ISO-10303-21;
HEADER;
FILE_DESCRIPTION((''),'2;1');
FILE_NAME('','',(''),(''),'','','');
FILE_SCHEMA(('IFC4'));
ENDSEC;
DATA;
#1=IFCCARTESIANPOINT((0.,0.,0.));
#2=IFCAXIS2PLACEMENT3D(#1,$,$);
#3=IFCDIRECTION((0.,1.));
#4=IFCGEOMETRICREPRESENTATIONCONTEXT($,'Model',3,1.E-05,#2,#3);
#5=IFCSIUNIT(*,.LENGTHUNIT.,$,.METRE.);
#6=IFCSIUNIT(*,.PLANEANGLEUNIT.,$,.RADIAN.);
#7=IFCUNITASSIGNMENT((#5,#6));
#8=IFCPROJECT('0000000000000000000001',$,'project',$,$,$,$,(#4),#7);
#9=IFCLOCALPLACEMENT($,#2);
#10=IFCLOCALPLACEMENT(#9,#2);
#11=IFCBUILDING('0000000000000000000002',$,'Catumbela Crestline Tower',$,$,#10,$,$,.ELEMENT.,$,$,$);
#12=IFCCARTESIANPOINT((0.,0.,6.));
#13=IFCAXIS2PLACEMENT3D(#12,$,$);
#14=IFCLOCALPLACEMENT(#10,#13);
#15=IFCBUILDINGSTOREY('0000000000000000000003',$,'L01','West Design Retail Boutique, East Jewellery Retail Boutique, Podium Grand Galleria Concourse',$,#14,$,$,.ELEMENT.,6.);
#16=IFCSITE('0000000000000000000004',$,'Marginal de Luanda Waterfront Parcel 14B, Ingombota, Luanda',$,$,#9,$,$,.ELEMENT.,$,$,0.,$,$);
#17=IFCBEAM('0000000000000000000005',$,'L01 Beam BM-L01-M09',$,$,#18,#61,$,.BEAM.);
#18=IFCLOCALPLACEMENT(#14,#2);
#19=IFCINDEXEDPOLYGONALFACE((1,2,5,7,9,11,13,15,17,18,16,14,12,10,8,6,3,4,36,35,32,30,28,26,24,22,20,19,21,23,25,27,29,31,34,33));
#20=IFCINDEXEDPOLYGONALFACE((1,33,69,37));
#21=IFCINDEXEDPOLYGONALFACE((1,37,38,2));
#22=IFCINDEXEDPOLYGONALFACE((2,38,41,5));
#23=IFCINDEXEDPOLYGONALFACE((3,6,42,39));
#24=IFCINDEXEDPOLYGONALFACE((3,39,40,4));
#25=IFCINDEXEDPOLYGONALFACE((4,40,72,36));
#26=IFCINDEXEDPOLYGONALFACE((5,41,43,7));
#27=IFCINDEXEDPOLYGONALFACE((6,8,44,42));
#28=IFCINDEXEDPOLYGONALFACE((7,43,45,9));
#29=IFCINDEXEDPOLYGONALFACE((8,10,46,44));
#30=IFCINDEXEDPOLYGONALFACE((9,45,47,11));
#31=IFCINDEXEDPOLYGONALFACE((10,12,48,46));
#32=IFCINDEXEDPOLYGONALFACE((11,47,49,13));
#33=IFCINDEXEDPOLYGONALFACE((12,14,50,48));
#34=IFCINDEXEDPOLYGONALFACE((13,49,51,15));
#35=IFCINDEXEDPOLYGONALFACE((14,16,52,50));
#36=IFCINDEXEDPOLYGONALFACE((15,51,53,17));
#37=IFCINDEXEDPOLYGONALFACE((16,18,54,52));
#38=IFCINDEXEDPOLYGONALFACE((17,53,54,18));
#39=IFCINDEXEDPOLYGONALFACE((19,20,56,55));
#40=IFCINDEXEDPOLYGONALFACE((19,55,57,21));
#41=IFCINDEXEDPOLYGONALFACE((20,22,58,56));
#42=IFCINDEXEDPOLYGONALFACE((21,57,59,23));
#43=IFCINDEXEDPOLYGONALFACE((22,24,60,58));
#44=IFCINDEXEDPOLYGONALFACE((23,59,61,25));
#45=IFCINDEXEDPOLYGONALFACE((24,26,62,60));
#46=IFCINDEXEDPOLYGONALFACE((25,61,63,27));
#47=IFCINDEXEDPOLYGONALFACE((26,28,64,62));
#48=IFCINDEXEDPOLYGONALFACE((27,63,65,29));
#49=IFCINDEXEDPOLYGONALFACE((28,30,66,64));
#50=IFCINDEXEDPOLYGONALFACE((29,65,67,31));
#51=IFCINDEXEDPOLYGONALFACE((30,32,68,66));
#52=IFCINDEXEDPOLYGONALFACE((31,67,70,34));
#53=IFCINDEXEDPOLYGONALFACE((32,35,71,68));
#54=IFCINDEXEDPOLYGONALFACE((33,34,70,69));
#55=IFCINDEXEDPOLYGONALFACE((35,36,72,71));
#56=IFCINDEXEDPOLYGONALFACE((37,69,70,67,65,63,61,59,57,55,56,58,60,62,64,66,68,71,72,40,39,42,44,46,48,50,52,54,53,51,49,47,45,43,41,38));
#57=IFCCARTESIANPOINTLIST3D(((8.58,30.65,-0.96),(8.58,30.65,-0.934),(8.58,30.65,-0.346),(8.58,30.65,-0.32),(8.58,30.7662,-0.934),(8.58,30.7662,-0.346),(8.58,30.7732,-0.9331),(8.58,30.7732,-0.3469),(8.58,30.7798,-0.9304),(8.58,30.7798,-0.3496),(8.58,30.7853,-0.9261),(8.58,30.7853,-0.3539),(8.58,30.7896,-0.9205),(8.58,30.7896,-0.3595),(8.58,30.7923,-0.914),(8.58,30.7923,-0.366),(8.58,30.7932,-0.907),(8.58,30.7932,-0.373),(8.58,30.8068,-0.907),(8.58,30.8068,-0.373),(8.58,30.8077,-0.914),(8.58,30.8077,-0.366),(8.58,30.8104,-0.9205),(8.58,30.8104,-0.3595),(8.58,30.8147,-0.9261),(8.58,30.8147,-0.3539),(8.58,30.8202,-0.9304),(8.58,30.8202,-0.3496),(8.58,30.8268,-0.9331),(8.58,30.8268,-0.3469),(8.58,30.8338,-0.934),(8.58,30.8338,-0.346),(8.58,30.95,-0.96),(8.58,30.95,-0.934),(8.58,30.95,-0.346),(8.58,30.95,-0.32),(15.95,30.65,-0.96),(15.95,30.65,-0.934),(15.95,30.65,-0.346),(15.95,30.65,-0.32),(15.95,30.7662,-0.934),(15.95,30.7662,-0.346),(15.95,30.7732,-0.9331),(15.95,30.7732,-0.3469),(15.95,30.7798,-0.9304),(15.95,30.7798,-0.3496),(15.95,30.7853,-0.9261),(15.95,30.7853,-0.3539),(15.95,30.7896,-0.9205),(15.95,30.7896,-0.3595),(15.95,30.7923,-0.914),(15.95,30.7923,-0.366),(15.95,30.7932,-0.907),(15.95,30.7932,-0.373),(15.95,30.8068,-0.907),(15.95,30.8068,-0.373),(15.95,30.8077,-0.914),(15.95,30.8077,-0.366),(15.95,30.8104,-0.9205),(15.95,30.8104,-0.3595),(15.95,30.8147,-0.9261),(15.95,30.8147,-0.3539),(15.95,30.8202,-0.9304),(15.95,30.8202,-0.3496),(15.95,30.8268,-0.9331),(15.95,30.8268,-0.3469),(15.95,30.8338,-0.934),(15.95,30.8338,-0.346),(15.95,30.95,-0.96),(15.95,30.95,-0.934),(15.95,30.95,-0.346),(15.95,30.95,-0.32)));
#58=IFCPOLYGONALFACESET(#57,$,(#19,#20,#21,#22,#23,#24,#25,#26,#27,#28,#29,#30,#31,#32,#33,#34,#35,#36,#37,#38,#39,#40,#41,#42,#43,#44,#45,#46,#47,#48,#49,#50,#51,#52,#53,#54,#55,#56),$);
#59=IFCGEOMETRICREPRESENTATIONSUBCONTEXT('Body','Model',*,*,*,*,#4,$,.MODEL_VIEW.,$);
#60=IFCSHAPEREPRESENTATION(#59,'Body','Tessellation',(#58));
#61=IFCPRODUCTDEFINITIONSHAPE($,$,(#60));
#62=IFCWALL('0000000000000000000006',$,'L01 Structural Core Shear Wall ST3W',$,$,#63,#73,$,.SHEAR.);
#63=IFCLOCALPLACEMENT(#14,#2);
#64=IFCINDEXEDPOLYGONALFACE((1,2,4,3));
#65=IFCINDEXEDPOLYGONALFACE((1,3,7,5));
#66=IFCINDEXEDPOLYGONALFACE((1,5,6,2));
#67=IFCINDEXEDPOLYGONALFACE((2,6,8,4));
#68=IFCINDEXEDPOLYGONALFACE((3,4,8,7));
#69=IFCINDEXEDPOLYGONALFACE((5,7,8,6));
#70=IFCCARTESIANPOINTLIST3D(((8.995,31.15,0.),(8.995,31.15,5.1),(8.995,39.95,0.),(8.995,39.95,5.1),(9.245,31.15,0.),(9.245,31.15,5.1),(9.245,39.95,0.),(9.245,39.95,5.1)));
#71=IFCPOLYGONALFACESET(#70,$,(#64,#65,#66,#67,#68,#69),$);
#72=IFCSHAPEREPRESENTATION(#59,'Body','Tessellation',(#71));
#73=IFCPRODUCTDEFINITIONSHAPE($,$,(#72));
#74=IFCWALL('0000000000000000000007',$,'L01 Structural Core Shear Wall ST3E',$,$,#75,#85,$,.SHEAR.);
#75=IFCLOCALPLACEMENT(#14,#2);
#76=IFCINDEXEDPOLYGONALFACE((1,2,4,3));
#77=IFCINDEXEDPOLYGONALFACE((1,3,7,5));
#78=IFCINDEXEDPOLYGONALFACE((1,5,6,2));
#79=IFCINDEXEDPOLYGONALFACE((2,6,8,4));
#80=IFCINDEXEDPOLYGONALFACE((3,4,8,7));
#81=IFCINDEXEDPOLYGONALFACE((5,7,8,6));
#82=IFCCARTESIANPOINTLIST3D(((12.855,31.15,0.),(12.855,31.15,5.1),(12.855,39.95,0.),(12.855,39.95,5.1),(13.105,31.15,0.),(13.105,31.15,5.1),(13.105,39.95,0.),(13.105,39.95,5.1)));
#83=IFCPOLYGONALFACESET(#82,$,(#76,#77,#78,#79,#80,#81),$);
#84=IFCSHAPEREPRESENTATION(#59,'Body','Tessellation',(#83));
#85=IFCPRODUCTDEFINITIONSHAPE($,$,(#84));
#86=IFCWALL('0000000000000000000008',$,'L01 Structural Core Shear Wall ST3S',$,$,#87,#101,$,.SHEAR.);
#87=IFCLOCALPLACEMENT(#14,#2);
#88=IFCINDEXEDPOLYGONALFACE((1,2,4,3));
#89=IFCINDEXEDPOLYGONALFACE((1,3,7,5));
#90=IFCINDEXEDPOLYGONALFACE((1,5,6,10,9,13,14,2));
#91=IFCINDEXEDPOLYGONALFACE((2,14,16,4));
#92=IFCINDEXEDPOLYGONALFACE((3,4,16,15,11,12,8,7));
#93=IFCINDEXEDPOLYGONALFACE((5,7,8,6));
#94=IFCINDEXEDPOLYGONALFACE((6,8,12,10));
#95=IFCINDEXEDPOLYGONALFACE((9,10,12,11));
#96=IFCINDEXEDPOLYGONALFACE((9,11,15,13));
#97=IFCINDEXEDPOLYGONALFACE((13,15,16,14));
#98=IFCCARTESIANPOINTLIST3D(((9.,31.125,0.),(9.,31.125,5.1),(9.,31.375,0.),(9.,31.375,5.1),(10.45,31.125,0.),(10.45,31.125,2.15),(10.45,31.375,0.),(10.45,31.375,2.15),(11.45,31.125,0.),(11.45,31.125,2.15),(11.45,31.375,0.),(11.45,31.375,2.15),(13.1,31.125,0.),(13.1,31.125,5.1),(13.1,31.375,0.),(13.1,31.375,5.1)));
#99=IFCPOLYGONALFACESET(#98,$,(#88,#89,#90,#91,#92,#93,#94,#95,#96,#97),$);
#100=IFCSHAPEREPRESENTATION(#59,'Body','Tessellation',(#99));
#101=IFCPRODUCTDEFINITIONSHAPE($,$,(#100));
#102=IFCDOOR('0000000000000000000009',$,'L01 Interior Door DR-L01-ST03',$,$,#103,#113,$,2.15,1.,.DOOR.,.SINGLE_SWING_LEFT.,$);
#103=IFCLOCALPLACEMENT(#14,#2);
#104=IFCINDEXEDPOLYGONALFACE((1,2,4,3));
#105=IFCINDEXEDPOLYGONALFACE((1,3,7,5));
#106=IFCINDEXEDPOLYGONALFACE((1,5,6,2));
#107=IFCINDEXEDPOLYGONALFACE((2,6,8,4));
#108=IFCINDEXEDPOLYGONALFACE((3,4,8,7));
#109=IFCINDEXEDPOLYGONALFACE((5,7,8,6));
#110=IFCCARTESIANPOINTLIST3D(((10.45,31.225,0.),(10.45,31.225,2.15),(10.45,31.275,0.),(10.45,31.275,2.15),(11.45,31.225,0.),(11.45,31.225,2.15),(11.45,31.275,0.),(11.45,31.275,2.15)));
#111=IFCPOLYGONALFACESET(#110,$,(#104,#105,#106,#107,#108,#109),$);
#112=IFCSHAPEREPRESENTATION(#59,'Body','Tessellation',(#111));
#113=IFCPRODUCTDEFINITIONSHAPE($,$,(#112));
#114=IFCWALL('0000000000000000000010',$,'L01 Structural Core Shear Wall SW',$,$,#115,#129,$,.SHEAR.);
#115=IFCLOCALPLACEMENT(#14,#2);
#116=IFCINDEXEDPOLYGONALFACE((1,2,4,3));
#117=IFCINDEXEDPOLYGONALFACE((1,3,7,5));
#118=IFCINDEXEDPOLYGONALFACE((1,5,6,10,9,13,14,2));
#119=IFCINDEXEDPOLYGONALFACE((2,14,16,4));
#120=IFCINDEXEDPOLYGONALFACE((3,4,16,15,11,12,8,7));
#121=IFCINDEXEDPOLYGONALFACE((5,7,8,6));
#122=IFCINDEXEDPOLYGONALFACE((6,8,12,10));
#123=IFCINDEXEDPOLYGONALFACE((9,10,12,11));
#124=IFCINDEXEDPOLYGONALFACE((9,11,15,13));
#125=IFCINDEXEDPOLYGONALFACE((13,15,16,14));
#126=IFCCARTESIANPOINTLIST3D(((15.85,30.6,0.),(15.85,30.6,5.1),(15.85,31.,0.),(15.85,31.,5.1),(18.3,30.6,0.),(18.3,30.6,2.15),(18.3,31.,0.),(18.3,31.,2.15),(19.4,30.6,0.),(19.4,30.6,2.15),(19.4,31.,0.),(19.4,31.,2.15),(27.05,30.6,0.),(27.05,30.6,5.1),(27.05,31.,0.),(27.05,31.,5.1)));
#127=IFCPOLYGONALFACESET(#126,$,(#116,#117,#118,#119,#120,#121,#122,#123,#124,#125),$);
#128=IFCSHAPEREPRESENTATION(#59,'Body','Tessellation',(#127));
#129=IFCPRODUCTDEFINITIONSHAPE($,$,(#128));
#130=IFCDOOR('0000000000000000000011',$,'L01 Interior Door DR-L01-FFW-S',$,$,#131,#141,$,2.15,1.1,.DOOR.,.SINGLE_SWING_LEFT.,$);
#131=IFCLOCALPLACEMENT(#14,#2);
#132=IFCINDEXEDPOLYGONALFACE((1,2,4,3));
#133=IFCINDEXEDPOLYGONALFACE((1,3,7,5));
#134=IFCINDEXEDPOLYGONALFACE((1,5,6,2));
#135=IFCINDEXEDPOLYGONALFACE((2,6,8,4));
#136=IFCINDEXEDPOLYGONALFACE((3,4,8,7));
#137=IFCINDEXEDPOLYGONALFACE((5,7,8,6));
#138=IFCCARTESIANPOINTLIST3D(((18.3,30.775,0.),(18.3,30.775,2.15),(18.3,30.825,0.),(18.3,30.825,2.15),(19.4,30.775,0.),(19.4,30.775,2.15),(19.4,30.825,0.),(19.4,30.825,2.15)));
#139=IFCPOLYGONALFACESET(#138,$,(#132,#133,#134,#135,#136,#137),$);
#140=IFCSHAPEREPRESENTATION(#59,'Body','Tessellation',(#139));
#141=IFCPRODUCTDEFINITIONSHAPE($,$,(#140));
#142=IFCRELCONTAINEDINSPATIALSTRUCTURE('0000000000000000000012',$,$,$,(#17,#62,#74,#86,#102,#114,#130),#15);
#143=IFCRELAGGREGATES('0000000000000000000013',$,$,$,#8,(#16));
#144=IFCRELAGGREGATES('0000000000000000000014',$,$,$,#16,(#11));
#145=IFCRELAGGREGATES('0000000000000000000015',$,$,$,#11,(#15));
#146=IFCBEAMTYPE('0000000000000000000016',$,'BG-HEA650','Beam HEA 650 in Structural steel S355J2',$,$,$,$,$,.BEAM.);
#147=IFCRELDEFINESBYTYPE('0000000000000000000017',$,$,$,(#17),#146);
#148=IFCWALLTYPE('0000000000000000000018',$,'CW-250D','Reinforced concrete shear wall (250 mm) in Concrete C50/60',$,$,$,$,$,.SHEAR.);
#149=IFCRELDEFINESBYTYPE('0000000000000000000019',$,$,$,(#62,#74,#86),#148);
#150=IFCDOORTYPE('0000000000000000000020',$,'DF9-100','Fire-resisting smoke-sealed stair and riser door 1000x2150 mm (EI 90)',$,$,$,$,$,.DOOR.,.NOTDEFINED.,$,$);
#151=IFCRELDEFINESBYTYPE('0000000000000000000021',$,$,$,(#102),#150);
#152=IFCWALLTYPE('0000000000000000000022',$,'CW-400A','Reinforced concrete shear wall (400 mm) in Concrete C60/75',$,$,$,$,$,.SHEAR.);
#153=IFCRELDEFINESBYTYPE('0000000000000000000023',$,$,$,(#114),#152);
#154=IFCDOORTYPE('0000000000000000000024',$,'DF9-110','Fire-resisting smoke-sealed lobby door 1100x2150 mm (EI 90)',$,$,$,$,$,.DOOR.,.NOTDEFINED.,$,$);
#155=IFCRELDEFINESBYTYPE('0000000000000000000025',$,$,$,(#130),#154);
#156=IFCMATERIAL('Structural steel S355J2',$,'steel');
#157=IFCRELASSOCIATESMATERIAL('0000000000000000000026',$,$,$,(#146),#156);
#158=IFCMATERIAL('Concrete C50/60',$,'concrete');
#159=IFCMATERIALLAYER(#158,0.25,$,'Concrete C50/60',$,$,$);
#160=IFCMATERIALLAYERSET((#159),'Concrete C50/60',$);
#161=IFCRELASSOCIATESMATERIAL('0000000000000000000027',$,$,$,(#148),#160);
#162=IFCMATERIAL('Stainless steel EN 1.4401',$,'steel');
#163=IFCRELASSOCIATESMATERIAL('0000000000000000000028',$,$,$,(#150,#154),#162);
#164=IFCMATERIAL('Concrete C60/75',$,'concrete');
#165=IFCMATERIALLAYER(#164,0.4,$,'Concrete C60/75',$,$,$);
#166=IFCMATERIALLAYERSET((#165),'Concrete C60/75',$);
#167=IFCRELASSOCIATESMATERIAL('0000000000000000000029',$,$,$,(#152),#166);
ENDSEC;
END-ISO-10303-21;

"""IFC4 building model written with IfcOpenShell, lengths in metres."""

from ifc_helpers import new_model, si_unit, direction, frame, frame_2d, origin, origin_2d, place, context, subcontext, project, spatial, rectangle, i_section, extrude, material, layer, layer_set, material_profile, profile_set, type_object, element, fill, save


model = new_model("IFC4")

# Units and contexts
model_context = context("Model", 3, precision=1e-05, world=origin(), true_north=direction((0.0, 1.0)))
body_context = subcontext(model_context, "Body", "Model", "MODEL_VIEW")
ifc_project = project(units=[si_unit("LENGTHUNIT", "METRE"), si_unit("PLANEANGLEUNIT", "RADIAN")], contexts=[model_context])

# Site, building, storey
site_placement = place(None, origin())
site = spatial("IfcSite", under=ifc_project, at=site_placement, Name="Marginal de Luanda Waterfront Parcel 14B, Ingombota, Luanda", CompositionType="ELEMENT", RefElevation=0.0)
building_placement = place(site_placement, origin())
building = spatial("IfcBuilding", under=site, at=building_placement, Name="Catumbela Crestline Tower", CompositionType="ELEMENT")
storey_placement = place(building_placement, frame((0.0, 0.0, 6.0)))
storey = spatial("IfcBuildingStorey", under=building, at=storey_placement, Name="L01", Description="West Design Retail Boutique, East Jewellery Retail Boutique, Podium Grand Galleria Concourse", CompositionType="ELEMENT", Elevation=6.0)

# Beam
ifc_material_1 = material(Name="Structural steel S355J2", Category="steel")
ifc_material_profile = material_profile(ifc_material_1, i_section(OverallWidth=0.3, OverallDepth=0.64, WebThickness=0.0135, FlangeThickness=0.026, FilletRadius=0.027, at=origin_2d()), Name="HEA 650")
ifc_profile_set = profile_set([ifc_material_profile], Name="Structural steel S355J2")
beam_type = type_object("IfcBeamType", Name="BG-HEA650", Description="Beam HEA 650 in Structural steel S355J2", PredefinedType="BEAM", material=ifc_profile_set)
beam_placement = place(storey_placement, frame((8.58, 30.8, -0.64), z_axis=(1.0, 0.0, 0.0), x_axis=(0.0, 1.0, 0.0)))
element("IfcBeam", 1, at=beam_placement, inside=storey, type_object=beam_type, Name="L01 Beam BM-L01-M09", PredefinedType="BEAM", context=body_context, shape_type="SweptSolid", body=[
    extrude(i_section(OverallWidth=0.3, OverallDepth=0.64, WebThickness=0.0135, FlangeThickness=0.026, FilletRadius=0.027, at=origin_2d()), origin(), (0.0, 0.0, 1.0), 7.37),
])

# Walls
ifc_material_2 = material(Name="Concrete C50/60", Category="concrete")
ifc_layer_1 = layer(ifc_material_2, 0.25, Name="Concrete C50/60")
ifc_layer_set_1 = layer_set([ifc_layer_1], Name="Concrete C50/60")
wall_type_1 = type_object("IfcWallType", Name="CW-250D", Description="Reinforced concrete shear wall (250 mm) in Concrete C50/60", PredefinedType="SHEAR", material=ifc_layer_set_1)
for number, where, z_axis, x_axis, name in (
    (2, (9.12, 31.15, 0.0), (0.0, 0.0, 1.0), (0.0, 1.0, 0.0), "L01 Structural Core Shear Wall ST3W"),
    (3, (12.98, 31.15, 0.0), (0.0, 0.0, 1.0), (0.0, 1.0, 0.0), "L01 Structural Core Shear Wall ST3E"),
):
    element("IfcWall", number, at=place(storey_placement, frame(where, z_axis=z_axis, x_axis=x_axis)), inside=storey, type_object=wall_type_1, Name=name, PredefinedType="SHEAR", context=body_context, shape_type="SweptSolid", body=[
        extrude(rectangle(XDim=8.8, YDim=0.25, at=frame_2d((4.4, 0.0))), origin(), (0.0, 0.0, 1.0), 5.1),
    ])

# Walls, openings, doors
wall_1_placement = place(storey_placement, frame((9.0, 31.25, 0.0), z_axis=(0.0, 0.0, 1.0), x_axis=(1.0, 0.0, 0.0)))
wall_1 = element("IfcWall", 4, at=wall_1_placement, inside=storey, type_object=wall_type_1, Name="L01 Structural Core Shear Wall ST3S", PredefinedType="SHEAR", context=body_context, shape_type="SweptSolid", body=[
    extrude(rectangle(XDim=4.1, YDim=0.25, at=frame_2d((2.05, 0.0))), origin(), (0.0, 0.0, 1.0), 5.1),
])
opening_1_placement = place(wall_1_placement, frame((1.45, 0.0, 0.0)))
opening_1 = element("IfcOpeningElement", 5, at=opening_1_placement, cuts=wall_1, PredefinedType="OPENING", context=body_context, shape_type="SweptSolid", body=[
    extrude(rectangle(XDim=1.0, YDim=2.15, at=frame_2d((0.5, 1.075))), frame((0.0, 0.135, 0.0), z_axis=(0.0, -1.0, 0.0), x_axis=(1.0, 0.0, 0.0)), (0.0, 0.0, 1.0), 0.27),
])
ifc_material_3 = material(Name="Stainless steel EN 1.4401", Category="steel")
door_type_1 = type_object("IfcDoorType", Name="DF9-100", Description="Fire-resisting smoke-sealed stair and riser door 1000x2150 mm (EI 90)", OperationType="NOTDEFINED", PredefinedType="DOOR", material=ifc_material_3)
door_1_placement = place(opening_1_placement, origin())
door_1 = element("IfcDoor", 6, at=door_1_placement, inside=storey, type_object=door_type_1, Name="L01 Interior Door DR-L01-ST03", OperationType="SINGLE_SWING_LEFT", OverallHeight=2.15, OverallWidth=1.0, PredefinedType="DOOR", context=body_context, shape_type="SweptSolid", body=[
    extrude(rectangle(XDim=1.0, YDim=2.15, at=frame_2d((0.5, 1.075))), frame((0.0, 0.025, 0.0), z_axis=(0.0, -1.0, 0.0), x_axis=(1.0, 0.0, 0.0)), (0.0, 0.0, 1.0), 0.05),
])
fill(opening_1, door_1)
ifc_material_4 = material(Name="Concrete C60/75", Category="concrete")
ifc_layer_2 = layer(ifc_material_4, 0.4, Name="Concrete C60/75")
ifc_layer_set_2 = layer_set([ifc_layer_2], Name="Concrete C60/75")
wall_type_2 = type_object("IfcWallType", Name="CW-400A", Description="Reinforced concrete shear wall (400 mm) in Concrete C60/75", PredefinedType="SHEAR", material=ifc_layer_set_2)
wall_2_placement = place(storey_placement, frame((15.85, 30.8, 0.0), z_axis=(0.0, 0.0, 1.0), x_axis=(1.0, 0.0, 0.0)))
wall_2 = element("IfcWall", 7, at=wall_2_placement, inside=storey, type_object=wall_type_2, Name="L01 Structural Core Shear Wall SW", PredefinedType="SHEAR", context=body_context, shape_type="SweptSolid", body=[
    extrude(rectangle(XDim=11.2, YDim=0.4, at=frame_2d((5.6, 0.0))), origin(), (0.0, 0.0, 1.0), 5.1),
])
opening_2_placement = place(wall_2_placement, frame((2.45, 0.0, 0.0)))
opening_2 = element("IfcOpeningElement", 8, at=opening_2_placement, cuts=wall_2, PredefinedType="OPENING", context=body_context, shape_type="SweptSolid", body=[
    extrude(rectangle(XDim=1.1, YDim=2.15, at=frame_2d((0.55, 1.075))), frame((0.0, 0.21, 0.0), z_axis=(0.0, -1.0, 0.0), x_axis=(1.0, 0.0, 0.0)), (0.0, 0.0, 1.0), 0.42),
])
door_type_2 = type_object("IfcDoorType", Name="DF9-110", Description="Fire-resisting smoke-sealed lobby door 1100x2150 mm (EI 90)", OperationType="NOTDEFINED", PredefinedType="DOOR", material=ifc_material_3)
door_2_placement = place(opening_2_placement, origin())
door_2 = element("IfcDoor", 9, at=door_2_placement, inside=storey, type_object=door_type_2, Name="L01 Interior Door DR-L01-FFW-S", OperationType="SINGLE_SWING_LEFT", OverallHeight=2.15, OverallWidth=1.1, PredefinedType="DOOR", context=body_context, shape_type="SweptSolid", body=[
    extrude(rectangle(XDim=1.1, YDim=2.15, at=frame_2d((0.55, 1.075))), frame((0.0, 0.025, 0.0), z_axis=(0.0, -1.0, 0.0), x_axis=(1.0, 0.0, 0.0)), (0.0, 0.0, 1.0), 0.05),
])
fill(opening_2, door_2)

save(model, "model.ifc")
